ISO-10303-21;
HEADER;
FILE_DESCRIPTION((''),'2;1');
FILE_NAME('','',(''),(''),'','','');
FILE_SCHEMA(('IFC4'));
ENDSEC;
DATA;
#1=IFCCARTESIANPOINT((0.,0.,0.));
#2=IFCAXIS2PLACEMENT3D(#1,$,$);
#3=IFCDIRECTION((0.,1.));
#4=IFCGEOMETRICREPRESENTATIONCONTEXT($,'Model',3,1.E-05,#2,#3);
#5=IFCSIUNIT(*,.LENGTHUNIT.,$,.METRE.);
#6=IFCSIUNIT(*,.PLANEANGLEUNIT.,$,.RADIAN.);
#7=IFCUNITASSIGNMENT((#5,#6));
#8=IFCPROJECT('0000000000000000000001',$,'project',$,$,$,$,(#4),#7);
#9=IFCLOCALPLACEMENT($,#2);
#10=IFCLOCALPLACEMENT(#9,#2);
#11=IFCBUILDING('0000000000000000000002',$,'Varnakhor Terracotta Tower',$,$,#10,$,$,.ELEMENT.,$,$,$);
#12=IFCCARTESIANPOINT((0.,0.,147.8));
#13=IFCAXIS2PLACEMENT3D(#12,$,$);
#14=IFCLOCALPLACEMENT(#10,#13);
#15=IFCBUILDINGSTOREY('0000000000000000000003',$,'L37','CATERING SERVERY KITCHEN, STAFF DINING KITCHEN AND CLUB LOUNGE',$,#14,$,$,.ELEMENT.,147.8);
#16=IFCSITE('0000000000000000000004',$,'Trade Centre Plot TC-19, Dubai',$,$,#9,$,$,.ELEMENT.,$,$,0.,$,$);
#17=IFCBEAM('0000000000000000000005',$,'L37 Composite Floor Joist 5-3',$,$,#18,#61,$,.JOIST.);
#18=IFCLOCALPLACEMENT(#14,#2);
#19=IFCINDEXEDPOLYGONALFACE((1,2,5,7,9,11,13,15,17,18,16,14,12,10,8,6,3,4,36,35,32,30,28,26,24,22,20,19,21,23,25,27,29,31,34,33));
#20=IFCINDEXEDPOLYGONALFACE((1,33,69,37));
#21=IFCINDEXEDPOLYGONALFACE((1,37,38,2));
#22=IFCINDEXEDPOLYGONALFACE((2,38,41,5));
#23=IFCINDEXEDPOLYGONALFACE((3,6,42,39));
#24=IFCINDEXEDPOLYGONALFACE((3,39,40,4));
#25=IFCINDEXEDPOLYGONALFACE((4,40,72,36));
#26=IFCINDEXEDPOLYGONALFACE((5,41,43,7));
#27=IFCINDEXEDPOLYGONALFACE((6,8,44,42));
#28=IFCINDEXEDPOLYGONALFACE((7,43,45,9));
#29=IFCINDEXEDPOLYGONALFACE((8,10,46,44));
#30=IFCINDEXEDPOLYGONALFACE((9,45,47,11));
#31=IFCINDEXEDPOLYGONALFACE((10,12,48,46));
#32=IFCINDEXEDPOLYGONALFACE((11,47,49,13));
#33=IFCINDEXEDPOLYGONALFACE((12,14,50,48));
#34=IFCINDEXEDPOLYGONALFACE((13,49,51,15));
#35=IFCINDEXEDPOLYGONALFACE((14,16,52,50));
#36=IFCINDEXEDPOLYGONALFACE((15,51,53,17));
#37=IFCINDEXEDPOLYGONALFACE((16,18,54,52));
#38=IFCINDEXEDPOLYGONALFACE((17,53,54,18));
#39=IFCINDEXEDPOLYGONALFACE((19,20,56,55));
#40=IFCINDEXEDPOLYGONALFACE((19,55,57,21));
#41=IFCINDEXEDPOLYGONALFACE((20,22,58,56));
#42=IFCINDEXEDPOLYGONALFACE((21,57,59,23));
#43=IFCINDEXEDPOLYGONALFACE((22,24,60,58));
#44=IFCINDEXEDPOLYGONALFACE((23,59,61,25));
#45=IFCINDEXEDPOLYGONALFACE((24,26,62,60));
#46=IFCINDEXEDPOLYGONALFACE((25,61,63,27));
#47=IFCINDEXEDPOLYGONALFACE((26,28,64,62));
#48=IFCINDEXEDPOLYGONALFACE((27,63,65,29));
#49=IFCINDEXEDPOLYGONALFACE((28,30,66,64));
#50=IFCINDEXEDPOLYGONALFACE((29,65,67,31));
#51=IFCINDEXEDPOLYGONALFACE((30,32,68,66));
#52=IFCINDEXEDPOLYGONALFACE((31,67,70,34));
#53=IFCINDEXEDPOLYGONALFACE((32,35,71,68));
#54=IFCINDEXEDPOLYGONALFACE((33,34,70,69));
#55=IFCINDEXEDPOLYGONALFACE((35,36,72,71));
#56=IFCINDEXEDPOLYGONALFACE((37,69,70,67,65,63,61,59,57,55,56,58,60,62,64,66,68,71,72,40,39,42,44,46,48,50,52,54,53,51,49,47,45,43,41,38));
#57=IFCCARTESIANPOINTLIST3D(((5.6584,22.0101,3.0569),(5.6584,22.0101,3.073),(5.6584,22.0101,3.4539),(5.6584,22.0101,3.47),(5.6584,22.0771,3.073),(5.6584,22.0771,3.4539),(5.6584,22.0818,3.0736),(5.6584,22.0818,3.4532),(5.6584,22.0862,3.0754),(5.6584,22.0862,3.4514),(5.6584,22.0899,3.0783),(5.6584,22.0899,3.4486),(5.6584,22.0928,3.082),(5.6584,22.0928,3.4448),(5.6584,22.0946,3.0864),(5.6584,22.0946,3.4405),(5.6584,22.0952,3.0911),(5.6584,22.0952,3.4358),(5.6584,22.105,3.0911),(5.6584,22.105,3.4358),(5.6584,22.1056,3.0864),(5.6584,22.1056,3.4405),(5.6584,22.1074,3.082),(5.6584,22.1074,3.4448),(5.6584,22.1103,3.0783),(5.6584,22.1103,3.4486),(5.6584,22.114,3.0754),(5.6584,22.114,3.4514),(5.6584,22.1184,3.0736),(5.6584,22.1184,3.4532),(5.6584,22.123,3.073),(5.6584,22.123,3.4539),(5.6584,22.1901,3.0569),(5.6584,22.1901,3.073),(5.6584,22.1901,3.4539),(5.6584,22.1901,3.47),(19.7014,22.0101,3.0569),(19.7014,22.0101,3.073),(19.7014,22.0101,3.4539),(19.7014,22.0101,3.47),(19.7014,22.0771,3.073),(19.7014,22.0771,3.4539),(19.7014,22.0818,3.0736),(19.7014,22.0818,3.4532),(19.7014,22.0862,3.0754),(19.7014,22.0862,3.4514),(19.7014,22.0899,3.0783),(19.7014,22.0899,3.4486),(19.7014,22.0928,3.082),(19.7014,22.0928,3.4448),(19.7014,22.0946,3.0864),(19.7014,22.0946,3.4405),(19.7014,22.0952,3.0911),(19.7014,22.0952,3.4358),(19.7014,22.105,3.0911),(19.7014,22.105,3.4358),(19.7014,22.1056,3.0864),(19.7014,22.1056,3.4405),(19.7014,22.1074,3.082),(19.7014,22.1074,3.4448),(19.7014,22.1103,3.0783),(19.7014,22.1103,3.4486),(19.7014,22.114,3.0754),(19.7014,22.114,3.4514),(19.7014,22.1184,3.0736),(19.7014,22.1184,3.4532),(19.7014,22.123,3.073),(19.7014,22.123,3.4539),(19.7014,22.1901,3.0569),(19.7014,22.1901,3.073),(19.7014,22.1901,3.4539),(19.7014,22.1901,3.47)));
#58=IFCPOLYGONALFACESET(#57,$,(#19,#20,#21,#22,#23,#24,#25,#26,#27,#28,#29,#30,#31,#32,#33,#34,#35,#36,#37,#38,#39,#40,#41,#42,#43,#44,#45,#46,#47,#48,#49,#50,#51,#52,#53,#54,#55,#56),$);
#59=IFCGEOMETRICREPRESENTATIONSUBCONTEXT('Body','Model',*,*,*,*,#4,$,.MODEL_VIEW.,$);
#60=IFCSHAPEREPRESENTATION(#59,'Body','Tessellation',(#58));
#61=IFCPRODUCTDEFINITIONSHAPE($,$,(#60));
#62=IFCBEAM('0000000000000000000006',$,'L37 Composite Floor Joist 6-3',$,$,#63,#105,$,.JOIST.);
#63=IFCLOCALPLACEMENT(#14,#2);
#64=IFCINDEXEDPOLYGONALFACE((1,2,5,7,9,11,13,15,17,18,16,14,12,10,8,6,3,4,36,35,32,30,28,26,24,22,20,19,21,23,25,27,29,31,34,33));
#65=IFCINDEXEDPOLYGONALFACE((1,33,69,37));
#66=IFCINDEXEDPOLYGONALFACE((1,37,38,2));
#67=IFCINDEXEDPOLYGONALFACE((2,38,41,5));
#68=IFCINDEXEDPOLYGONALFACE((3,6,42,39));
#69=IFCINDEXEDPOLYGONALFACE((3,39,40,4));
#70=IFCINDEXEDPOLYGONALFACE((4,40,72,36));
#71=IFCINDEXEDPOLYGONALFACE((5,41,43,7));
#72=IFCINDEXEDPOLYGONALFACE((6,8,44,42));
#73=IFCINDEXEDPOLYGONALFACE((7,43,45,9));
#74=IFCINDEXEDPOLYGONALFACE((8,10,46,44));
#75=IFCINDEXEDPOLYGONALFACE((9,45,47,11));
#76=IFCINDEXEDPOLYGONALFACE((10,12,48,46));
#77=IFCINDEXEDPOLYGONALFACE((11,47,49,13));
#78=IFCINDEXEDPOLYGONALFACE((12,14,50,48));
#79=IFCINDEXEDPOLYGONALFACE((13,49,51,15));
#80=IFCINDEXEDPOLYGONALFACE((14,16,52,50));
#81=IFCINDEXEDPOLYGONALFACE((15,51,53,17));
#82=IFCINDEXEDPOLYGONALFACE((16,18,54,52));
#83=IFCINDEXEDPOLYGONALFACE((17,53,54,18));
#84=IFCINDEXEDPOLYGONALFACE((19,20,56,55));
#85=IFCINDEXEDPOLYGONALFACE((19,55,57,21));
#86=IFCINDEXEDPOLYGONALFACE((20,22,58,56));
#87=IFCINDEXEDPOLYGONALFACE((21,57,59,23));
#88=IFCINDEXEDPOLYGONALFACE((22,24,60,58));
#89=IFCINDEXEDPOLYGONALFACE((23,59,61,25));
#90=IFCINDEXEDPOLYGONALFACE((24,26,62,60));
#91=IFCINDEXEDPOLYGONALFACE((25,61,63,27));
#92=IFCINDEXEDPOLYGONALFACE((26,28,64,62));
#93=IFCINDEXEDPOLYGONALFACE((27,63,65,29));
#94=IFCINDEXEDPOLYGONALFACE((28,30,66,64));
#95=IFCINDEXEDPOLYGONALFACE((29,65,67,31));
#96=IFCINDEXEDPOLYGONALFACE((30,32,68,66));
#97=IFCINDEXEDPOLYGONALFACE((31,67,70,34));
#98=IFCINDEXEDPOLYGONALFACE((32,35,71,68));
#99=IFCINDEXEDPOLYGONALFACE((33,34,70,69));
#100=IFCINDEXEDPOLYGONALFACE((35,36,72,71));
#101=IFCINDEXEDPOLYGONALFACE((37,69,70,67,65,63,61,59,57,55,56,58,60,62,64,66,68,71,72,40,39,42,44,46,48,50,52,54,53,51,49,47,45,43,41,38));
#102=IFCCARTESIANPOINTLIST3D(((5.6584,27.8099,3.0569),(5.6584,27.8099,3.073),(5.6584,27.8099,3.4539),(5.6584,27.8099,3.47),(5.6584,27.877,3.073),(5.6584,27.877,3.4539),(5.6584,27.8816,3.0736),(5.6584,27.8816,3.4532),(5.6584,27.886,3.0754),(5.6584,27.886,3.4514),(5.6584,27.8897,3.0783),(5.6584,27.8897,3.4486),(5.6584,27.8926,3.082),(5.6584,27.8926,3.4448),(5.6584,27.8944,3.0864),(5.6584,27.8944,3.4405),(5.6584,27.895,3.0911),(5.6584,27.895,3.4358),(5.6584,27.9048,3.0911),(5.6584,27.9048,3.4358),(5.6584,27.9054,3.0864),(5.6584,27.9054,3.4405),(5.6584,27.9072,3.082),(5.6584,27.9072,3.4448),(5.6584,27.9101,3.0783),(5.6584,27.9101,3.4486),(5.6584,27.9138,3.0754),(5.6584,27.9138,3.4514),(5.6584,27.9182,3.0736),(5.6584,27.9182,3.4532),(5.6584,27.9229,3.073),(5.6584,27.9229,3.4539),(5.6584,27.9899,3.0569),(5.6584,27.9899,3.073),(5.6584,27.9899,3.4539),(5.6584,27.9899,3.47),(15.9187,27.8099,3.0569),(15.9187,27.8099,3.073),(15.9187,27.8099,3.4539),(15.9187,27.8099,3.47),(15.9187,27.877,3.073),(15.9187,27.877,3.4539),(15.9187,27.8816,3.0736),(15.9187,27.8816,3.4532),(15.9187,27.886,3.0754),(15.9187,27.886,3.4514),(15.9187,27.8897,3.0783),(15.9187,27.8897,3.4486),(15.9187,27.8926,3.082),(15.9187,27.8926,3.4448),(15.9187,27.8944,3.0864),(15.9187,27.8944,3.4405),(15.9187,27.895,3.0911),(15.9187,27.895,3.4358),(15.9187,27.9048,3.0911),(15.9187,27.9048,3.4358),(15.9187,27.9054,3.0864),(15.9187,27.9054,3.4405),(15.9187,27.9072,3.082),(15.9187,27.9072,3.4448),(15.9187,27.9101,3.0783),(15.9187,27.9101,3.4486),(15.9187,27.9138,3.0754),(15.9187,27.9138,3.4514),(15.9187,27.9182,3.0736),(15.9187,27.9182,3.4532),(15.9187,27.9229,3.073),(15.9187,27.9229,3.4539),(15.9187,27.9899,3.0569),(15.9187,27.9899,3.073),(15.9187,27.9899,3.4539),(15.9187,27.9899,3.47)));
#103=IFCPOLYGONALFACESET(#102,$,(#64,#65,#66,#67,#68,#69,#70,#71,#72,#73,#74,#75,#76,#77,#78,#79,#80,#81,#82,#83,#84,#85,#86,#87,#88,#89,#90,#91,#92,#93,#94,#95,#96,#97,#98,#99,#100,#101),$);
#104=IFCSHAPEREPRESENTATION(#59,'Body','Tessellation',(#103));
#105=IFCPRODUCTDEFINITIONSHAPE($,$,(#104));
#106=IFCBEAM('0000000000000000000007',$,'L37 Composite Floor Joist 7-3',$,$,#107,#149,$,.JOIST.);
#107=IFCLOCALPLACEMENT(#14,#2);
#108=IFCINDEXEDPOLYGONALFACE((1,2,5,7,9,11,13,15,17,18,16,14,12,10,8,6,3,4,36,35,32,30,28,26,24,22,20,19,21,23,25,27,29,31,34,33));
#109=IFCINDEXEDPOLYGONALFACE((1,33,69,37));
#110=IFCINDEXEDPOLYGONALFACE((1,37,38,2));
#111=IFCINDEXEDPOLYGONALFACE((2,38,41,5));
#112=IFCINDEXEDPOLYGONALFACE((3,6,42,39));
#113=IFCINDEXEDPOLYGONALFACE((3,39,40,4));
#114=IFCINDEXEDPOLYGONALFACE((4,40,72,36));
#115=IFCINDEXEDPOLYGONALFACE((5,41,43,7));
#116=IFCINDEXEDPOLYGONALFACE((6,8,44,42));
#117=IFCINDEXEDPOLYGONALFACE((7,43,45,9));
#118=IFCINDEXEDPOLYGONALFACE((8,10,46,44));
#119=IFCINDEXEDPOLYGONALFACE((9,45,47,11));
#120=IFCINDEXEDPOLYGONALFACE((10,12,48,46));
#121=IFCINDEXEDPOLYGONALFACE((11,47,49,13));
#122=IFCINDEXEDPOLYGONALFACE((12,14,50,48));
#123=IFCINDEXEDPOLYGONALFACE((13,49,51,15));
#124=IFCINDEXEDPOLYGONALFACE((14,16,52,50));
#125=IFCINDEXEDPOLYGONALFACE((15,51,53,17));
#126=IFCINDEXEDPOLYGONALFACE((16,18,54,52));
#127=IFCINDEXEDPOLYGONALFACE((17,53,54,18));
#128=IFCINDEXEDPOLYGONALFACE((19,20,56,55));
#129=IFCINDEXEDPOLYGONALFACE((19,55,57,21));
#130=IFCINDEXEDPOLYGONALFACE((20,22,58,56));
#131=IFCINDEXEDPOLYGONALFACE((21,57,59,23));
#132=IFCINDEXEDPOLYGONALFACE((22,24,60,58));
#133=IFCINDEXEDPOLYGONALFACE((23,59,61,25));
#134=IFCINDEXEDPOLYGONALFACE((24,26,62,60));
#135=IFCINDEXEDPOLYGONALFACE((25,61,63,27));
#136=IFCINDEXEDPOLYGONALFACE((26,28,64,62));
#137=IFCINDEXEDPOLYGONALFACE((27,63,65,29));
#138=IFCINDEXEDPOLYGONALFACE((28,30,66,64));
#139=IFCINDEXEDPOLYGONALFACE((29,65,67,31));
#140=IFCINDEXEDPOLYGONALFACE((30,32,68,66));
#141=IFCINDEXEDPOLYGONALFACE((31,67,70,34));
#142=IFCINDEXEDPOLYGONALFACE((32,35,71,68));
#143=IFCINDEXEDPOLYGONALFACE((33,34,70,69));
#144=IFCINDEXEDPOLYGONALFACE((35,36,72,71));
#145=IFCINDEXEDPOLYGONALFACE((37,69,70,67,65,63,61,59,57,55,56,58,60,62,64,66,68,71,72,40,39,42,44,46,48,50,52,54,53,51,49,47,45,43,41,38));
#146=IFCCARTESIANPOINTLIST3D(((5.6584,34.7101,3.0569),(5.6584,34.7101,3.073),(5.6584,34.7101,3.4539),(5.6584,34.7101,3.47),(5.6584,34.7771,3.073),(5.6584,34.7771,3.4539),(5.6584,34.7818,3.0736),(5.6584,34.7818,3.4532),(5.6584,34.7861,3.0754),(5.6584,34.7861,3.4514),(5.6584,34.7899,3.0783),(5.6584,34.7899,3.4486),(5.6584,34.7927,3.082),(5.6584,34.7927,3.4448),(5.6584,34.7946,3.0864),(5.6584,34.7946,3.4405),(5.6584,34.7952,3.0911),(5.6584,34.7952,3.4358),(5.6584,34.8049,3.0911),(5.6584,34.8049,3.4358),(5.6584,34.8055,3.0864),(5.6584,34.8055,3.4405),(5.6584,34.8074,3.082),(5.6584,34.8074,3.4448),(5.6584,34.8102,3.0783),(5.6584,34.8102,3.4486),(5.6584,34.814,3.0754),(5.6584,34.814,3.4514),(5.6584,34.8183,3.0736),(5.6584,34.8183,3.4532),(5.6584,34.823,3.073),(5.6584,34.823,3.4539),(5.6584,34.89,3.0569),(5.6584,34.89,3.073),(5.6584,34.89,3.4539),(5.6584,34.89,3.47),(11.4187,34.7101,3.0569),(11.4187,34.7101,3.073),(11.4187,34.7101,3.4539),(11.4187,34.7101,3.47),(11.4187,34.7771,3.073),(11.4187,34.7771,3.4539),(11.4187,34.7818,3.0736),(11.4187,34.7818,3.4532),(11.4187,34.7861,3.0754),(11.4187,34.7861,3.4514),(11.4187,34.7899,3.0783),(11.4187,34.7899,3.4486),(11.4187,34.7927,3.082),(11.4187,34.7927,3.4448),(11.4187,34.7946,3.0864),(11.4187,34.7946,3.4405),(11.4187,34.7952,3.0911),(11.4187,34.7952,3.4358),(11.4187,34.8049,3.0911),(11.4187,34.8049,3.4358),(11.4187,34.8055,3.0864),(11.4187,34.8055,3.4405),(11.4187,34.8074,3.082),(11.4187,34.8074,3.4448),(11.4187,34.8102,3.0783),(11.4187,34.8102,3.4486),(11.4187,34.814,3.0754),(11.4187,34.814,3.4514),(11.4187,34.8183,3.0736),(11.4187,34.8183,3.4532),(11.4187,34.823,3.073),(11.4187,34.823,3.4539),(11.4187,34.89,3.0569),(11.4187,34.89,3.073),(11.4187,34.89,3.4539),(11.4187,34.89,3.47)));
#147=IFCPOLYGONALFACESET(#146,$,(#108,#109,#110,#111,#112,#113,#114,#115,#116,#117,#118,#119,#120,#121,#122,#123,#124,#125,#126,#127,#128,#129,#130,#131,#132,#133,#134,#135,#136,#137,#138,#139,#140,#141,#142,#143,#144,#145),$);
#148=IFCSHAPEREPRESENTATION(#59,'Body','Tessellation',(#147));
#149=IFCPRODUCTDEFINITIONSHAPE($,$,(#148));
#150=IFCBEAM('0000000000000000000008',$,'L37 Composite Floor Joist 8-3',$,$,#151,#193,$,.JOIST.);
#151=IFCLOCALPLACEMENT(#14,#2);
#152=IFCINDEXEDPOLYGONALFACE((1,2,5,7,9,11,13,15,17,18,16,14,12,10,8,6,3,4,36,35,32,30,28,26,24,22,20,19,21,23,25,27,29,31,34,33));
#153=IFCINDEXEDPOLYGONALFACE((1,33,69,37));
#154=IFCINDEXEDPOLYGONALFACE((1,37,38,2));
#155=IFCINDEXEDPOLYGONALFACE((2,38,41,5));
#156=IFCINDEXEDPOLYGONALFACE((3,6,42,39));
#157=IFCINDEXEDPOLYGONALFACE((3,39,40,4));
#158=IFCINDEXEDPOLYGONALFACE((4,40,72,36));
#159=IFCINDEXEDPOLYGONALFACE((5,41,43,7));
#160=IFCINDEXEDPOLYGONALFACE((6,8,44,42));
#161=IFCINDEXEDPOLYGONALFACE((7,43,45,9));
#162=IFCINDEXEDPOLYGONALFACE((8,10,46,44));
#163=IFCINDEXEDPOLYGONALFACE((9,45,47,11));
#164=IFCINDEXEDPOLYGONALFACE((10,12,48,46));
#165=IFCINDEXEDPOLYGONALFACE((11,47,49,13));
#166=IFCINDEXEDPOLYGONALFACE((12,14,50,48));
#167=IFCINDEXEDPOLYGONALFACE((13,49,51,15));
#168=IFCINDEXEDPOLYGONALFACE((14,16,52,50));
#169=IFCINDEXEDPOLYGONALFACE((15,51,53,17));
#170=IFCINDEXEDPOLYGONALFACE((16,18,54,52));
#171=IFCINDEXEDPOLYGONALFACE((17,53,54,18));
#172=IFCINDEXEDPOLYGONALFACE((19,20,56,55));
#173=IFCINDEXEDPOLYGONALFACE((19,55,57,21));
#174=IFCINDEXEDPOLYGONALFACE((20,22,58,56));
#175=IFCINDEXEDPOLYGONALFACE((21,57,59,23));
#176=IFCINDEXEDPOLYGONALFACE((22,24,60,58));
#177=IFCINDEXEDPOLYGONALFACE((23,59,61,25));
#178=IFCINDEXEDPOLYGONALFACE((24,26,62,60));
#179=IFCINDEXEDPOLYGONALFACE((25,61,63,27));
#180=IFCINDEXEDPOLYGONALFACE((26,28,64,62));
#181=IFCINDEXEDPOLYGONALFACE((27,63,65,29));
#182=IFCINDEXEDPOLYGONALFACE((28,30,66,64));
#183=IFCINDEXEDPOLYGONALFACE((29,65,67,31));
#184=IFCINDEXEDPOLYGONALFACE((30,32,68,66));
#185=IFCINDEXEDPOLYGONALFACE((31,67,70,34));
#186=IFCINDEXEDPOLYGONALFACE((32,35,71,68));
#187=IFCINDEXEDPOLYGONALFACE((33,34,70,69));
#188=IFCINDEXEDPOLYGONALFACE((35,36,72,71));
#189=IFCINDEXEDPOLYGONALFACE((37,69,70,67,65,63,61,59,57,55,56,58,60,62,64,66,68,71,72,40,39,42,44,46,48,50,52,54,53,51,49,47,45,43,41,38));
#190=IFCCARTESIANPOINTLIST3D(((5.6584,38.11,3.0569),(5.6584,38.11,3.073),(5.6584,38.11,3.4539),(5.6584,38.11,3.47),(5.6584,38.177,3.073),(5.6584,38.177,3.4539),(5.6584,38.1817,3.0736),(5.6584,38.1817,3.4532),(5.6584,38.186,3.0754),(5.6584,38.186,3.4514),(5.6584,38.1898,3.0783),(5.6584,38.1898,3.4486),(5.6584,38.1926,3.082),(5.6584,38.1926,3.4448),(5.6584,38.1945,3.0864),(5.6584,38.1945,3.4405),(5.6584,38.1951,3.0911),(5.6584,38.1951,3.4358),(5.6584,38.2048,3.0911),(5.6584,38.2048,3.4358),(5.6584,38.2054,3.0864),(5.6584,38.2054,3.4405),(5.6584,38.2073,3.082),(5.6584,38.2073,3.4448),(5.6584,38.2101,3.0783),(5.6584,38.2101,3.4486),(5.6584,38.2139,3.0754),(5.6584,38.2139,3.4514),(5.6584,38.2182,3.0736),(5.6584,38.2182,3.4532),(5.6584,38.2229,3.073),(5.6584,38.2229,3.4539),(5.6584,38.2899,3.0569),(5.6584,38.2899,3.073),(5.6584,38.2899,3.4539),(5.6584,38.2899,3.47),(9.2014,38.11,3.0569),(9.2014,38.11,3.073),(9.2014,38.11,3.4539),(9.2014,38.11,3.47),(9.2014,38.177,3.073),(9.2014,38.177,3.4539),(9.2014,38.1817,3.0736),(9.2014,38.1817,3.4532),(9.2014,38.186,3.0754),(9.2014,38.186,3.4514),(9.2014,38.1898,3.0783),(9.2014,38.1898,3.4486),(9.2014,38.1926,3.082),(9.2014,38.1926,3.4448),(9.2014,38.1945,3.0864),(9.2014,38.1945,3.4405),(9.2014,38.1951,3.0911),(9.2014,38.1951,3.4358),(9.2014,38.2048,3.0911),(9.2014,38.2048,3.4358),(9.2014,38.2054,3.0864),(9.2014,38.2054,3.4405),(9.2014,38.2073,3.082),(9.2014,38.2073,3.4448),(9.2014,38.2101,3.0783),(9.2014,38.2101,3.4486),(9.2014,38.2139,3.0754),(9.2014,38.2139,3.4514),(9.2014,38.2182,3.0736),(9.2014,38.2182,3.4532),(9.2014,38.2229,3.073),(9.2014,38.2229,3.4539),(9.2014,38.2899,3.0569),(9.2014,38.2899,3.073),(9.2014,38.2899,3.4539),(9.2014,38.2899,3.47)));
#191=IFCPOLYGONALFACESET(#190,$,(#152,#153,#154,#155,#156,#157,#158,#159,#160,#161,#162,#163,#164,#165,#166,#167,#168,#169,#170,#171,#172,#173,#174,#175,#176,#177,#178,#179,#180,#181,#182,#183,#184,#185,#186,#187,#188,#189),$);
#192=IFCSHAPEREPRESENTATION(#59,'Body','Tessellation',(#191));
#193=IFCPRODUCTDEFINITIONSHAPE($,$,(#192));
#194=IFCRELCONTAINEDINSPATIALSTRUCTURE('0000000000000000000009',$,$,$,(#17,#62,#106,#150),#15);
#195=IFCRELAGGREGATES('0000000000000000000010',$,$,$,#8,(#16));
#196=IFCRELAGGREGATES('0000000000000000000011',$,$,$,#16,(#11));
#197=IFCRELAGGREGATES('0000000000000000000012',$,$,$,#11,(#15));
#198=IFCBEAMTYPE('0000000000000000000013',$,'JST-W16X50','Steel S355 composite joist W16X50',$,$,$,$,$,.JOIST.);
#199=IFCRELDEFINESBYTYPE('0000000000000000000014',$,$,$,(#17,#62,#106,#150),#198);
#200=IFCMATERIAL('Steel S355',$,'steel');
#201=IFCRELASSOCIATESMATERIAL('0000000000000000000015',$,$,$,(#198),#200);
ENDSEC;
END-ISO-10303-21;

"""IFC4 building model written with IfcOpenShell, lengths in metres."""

from ifc_helpers import new_model, si_unit, direction, frame, origin, origin_2d, place, context, subcontext, project, spatial, i_section, extrude, source, transform, mapped, material, material_profile, profile_set, type_object, element, save


model = new_model("IFC4")

# Units and contexts
model_context = context("Model", 3, precision=1e-05, world=origin(), true_north=direction((0.0, 1.0)))
body_context = subcontext(model_context, "Body", "Model", "MODEL_VIEW")
ifc_project = project(units=[si_unit("LENGTHUNIT", "METRE"), si_unit("PLANEANGLEUNIT", "RADIAN")], contexts=[model_context])

# Site, building, storey
site_placement = place(None, origin())
site = spatial("IfcSite", under=ifc_project, at=site_placement, Name="Trade Centre Plot TC-19, Dubai", CompositionType="ELEMENT", RefElevation=0.0)
building_placement = place(site_placement, origin())
building = spatial("IfcBuilding", under=site, at=building_placement, Name="Varnakhor Terracotta Tower", CompositionType="ELEMENT")
storey_placement = place(building_placement, frame((0.0, 0.0, 147.8)))
storey = spatial("IfcBuildingStorey", under=building, at=storey_placement, Name="L37", Description="CATERING SERVERY KITCHEN, STAFF DINING KITCHEN AND CLUB LOUNGE", CompositionType="ELEMENT", Elevation=147.8)

# Beams
ifc_material_1 = material(Name="Steel S355", Category="steel")
ifc_material_profile_1 = material_profile(ifc_material_1, i_section(OverallWidth=0.1799, OverallDepth=0.4131, WebThickness=0.0098, FlangeThickness=0.0161, FilletRadius=0.0181, at=origin_2d()), Name="W16X50")
ifc_profile_set_1 = profile_set([ifc_material_profile_1], Name="Steel S355")
beam_type_1 = type_object("IfcBeamType", Name="JST-W16X50", Description="Steel S355 composite joist W16X50", PredefinedType="JOIST", material=ifc_profile_set_1)
shared_shape_1 = source(origin(), body_context, "Body", "SweptSolid", [
    extrude(i_section(OverallWidth=0.1799, OverallDepth=0.4131, WebThickness=0.0098, FlangeThickness=0.0161, FilletRadius=0.0181, at=origin_2d()), origin(), (0.0, 0.0, 1.0), 14.043),
])
beam_1_placement = place(storey_placement, frame((5.6584, 22.1001, 3.2634), z_axis=(1.0, 0.0, 0.0), x_axis=(0.0, 1.0, 0.0)))
element("IfcBeam", 1, at=beam_1_placement, inside=storey, type_object=beam_type_1, Name="L37 Composite Floor Joist 5-3", PredefinedType="JOIST", context=body_context, shape_type="MappedRepresentation", body=[
    mapped(shared_shape_1, transform((0.0, 0.0, 0.0), scale=1.0)),
])
shared_shape_2 = source(origin(), body_context, "Body", "SweptSolid", [
    extrude(i_section(OverallWidth=0.1799, OverallDepth=0.4131, WebThickness=0.0098, FlangeThickness=0.0161, FilletRadius=0.0181, at=origin_2d()), origin(), (0.0, 0.0, 1.0), 10.2603),
])
beam_2_placement = place(storey_placement, frame((5.6584, 27.8999, 3.2634), z_axis=(1.0, 0.0, 0.0), x_axis=(0.0, 1.0, 0.0)))
element("IfcBeam", 2, at=beam_2_placement, inside=storey, type_object=beam_type_1, Name="L37 Composite Floor Joist 6-3", PredefinedType="JOIST", context=body_context, shape_type="MappedRepresentation", body=[
    mapped(shared_shape_2, transform((0.0, 0.0, 0.0), scale=1.0)),
])
shared_shape_3 = source(origin(), body_context, "Body", "SweptSolid", [
    extrude(i_section(OverallWidth=0.1799, OverallDepth=0.4131, WebThickness=0.0098, FlangeThickness=0.0161, FilletRadius=0.0181, at=origin_2d()), origin(), (0.0, 0.0, 1.0), 5.7603),
])
beam_3_placement = place(storey_placement, frame((5.6584, 34.8, 3.2634), z_axis=(1.0, 0.0, 0.0), x_axis=(0.0, 1.0, 0.0)))
element("IfcBeam", 3, at=beam_3_placement, inside=storey, type_object=beam_type_1, Name="L37 Composite Floor Joist 7-3", PredefinedType="JOIST", context=body_context, shape_type="MappedRepresentation", body=[
    mapped(shared_shape_3, transform((0.0, 0.0, 0.0), scale=1.0)),
])
shared_shape_4 = source(origin(), body_context, "Body", "SweptSolid", [
    extrude(i_section(OverallWidth=0.1799, OverallDepth=0.4131, WebThickness=0.0098, FlangeThickness=0.0161, FilletRadius=0.0181, at=origin_2d()), origin(), (0.0, 0.0, 1.0), 3.543),
])
beam_4_placement = place(storey_placement, frame((5.6584, 38.2, 3.2634), z_axis=(1.0, 0.0, 0.0), x_axis=(0.0, 1.0, 0.0)))
element("IfcBeam", 4, at=beam_4_placement, inside=storey, type_object=beam_type_1, Name="L37 Composite Floor Joist 8-3", PredefinedType="JOIST", context=body_context, shape_type="MappedRepresentation", body=[
    mapped(shared_shape_4, transform((0.0, 0.0, 0.0), scale=1.0)),
])

save(model, "model.ifc")
